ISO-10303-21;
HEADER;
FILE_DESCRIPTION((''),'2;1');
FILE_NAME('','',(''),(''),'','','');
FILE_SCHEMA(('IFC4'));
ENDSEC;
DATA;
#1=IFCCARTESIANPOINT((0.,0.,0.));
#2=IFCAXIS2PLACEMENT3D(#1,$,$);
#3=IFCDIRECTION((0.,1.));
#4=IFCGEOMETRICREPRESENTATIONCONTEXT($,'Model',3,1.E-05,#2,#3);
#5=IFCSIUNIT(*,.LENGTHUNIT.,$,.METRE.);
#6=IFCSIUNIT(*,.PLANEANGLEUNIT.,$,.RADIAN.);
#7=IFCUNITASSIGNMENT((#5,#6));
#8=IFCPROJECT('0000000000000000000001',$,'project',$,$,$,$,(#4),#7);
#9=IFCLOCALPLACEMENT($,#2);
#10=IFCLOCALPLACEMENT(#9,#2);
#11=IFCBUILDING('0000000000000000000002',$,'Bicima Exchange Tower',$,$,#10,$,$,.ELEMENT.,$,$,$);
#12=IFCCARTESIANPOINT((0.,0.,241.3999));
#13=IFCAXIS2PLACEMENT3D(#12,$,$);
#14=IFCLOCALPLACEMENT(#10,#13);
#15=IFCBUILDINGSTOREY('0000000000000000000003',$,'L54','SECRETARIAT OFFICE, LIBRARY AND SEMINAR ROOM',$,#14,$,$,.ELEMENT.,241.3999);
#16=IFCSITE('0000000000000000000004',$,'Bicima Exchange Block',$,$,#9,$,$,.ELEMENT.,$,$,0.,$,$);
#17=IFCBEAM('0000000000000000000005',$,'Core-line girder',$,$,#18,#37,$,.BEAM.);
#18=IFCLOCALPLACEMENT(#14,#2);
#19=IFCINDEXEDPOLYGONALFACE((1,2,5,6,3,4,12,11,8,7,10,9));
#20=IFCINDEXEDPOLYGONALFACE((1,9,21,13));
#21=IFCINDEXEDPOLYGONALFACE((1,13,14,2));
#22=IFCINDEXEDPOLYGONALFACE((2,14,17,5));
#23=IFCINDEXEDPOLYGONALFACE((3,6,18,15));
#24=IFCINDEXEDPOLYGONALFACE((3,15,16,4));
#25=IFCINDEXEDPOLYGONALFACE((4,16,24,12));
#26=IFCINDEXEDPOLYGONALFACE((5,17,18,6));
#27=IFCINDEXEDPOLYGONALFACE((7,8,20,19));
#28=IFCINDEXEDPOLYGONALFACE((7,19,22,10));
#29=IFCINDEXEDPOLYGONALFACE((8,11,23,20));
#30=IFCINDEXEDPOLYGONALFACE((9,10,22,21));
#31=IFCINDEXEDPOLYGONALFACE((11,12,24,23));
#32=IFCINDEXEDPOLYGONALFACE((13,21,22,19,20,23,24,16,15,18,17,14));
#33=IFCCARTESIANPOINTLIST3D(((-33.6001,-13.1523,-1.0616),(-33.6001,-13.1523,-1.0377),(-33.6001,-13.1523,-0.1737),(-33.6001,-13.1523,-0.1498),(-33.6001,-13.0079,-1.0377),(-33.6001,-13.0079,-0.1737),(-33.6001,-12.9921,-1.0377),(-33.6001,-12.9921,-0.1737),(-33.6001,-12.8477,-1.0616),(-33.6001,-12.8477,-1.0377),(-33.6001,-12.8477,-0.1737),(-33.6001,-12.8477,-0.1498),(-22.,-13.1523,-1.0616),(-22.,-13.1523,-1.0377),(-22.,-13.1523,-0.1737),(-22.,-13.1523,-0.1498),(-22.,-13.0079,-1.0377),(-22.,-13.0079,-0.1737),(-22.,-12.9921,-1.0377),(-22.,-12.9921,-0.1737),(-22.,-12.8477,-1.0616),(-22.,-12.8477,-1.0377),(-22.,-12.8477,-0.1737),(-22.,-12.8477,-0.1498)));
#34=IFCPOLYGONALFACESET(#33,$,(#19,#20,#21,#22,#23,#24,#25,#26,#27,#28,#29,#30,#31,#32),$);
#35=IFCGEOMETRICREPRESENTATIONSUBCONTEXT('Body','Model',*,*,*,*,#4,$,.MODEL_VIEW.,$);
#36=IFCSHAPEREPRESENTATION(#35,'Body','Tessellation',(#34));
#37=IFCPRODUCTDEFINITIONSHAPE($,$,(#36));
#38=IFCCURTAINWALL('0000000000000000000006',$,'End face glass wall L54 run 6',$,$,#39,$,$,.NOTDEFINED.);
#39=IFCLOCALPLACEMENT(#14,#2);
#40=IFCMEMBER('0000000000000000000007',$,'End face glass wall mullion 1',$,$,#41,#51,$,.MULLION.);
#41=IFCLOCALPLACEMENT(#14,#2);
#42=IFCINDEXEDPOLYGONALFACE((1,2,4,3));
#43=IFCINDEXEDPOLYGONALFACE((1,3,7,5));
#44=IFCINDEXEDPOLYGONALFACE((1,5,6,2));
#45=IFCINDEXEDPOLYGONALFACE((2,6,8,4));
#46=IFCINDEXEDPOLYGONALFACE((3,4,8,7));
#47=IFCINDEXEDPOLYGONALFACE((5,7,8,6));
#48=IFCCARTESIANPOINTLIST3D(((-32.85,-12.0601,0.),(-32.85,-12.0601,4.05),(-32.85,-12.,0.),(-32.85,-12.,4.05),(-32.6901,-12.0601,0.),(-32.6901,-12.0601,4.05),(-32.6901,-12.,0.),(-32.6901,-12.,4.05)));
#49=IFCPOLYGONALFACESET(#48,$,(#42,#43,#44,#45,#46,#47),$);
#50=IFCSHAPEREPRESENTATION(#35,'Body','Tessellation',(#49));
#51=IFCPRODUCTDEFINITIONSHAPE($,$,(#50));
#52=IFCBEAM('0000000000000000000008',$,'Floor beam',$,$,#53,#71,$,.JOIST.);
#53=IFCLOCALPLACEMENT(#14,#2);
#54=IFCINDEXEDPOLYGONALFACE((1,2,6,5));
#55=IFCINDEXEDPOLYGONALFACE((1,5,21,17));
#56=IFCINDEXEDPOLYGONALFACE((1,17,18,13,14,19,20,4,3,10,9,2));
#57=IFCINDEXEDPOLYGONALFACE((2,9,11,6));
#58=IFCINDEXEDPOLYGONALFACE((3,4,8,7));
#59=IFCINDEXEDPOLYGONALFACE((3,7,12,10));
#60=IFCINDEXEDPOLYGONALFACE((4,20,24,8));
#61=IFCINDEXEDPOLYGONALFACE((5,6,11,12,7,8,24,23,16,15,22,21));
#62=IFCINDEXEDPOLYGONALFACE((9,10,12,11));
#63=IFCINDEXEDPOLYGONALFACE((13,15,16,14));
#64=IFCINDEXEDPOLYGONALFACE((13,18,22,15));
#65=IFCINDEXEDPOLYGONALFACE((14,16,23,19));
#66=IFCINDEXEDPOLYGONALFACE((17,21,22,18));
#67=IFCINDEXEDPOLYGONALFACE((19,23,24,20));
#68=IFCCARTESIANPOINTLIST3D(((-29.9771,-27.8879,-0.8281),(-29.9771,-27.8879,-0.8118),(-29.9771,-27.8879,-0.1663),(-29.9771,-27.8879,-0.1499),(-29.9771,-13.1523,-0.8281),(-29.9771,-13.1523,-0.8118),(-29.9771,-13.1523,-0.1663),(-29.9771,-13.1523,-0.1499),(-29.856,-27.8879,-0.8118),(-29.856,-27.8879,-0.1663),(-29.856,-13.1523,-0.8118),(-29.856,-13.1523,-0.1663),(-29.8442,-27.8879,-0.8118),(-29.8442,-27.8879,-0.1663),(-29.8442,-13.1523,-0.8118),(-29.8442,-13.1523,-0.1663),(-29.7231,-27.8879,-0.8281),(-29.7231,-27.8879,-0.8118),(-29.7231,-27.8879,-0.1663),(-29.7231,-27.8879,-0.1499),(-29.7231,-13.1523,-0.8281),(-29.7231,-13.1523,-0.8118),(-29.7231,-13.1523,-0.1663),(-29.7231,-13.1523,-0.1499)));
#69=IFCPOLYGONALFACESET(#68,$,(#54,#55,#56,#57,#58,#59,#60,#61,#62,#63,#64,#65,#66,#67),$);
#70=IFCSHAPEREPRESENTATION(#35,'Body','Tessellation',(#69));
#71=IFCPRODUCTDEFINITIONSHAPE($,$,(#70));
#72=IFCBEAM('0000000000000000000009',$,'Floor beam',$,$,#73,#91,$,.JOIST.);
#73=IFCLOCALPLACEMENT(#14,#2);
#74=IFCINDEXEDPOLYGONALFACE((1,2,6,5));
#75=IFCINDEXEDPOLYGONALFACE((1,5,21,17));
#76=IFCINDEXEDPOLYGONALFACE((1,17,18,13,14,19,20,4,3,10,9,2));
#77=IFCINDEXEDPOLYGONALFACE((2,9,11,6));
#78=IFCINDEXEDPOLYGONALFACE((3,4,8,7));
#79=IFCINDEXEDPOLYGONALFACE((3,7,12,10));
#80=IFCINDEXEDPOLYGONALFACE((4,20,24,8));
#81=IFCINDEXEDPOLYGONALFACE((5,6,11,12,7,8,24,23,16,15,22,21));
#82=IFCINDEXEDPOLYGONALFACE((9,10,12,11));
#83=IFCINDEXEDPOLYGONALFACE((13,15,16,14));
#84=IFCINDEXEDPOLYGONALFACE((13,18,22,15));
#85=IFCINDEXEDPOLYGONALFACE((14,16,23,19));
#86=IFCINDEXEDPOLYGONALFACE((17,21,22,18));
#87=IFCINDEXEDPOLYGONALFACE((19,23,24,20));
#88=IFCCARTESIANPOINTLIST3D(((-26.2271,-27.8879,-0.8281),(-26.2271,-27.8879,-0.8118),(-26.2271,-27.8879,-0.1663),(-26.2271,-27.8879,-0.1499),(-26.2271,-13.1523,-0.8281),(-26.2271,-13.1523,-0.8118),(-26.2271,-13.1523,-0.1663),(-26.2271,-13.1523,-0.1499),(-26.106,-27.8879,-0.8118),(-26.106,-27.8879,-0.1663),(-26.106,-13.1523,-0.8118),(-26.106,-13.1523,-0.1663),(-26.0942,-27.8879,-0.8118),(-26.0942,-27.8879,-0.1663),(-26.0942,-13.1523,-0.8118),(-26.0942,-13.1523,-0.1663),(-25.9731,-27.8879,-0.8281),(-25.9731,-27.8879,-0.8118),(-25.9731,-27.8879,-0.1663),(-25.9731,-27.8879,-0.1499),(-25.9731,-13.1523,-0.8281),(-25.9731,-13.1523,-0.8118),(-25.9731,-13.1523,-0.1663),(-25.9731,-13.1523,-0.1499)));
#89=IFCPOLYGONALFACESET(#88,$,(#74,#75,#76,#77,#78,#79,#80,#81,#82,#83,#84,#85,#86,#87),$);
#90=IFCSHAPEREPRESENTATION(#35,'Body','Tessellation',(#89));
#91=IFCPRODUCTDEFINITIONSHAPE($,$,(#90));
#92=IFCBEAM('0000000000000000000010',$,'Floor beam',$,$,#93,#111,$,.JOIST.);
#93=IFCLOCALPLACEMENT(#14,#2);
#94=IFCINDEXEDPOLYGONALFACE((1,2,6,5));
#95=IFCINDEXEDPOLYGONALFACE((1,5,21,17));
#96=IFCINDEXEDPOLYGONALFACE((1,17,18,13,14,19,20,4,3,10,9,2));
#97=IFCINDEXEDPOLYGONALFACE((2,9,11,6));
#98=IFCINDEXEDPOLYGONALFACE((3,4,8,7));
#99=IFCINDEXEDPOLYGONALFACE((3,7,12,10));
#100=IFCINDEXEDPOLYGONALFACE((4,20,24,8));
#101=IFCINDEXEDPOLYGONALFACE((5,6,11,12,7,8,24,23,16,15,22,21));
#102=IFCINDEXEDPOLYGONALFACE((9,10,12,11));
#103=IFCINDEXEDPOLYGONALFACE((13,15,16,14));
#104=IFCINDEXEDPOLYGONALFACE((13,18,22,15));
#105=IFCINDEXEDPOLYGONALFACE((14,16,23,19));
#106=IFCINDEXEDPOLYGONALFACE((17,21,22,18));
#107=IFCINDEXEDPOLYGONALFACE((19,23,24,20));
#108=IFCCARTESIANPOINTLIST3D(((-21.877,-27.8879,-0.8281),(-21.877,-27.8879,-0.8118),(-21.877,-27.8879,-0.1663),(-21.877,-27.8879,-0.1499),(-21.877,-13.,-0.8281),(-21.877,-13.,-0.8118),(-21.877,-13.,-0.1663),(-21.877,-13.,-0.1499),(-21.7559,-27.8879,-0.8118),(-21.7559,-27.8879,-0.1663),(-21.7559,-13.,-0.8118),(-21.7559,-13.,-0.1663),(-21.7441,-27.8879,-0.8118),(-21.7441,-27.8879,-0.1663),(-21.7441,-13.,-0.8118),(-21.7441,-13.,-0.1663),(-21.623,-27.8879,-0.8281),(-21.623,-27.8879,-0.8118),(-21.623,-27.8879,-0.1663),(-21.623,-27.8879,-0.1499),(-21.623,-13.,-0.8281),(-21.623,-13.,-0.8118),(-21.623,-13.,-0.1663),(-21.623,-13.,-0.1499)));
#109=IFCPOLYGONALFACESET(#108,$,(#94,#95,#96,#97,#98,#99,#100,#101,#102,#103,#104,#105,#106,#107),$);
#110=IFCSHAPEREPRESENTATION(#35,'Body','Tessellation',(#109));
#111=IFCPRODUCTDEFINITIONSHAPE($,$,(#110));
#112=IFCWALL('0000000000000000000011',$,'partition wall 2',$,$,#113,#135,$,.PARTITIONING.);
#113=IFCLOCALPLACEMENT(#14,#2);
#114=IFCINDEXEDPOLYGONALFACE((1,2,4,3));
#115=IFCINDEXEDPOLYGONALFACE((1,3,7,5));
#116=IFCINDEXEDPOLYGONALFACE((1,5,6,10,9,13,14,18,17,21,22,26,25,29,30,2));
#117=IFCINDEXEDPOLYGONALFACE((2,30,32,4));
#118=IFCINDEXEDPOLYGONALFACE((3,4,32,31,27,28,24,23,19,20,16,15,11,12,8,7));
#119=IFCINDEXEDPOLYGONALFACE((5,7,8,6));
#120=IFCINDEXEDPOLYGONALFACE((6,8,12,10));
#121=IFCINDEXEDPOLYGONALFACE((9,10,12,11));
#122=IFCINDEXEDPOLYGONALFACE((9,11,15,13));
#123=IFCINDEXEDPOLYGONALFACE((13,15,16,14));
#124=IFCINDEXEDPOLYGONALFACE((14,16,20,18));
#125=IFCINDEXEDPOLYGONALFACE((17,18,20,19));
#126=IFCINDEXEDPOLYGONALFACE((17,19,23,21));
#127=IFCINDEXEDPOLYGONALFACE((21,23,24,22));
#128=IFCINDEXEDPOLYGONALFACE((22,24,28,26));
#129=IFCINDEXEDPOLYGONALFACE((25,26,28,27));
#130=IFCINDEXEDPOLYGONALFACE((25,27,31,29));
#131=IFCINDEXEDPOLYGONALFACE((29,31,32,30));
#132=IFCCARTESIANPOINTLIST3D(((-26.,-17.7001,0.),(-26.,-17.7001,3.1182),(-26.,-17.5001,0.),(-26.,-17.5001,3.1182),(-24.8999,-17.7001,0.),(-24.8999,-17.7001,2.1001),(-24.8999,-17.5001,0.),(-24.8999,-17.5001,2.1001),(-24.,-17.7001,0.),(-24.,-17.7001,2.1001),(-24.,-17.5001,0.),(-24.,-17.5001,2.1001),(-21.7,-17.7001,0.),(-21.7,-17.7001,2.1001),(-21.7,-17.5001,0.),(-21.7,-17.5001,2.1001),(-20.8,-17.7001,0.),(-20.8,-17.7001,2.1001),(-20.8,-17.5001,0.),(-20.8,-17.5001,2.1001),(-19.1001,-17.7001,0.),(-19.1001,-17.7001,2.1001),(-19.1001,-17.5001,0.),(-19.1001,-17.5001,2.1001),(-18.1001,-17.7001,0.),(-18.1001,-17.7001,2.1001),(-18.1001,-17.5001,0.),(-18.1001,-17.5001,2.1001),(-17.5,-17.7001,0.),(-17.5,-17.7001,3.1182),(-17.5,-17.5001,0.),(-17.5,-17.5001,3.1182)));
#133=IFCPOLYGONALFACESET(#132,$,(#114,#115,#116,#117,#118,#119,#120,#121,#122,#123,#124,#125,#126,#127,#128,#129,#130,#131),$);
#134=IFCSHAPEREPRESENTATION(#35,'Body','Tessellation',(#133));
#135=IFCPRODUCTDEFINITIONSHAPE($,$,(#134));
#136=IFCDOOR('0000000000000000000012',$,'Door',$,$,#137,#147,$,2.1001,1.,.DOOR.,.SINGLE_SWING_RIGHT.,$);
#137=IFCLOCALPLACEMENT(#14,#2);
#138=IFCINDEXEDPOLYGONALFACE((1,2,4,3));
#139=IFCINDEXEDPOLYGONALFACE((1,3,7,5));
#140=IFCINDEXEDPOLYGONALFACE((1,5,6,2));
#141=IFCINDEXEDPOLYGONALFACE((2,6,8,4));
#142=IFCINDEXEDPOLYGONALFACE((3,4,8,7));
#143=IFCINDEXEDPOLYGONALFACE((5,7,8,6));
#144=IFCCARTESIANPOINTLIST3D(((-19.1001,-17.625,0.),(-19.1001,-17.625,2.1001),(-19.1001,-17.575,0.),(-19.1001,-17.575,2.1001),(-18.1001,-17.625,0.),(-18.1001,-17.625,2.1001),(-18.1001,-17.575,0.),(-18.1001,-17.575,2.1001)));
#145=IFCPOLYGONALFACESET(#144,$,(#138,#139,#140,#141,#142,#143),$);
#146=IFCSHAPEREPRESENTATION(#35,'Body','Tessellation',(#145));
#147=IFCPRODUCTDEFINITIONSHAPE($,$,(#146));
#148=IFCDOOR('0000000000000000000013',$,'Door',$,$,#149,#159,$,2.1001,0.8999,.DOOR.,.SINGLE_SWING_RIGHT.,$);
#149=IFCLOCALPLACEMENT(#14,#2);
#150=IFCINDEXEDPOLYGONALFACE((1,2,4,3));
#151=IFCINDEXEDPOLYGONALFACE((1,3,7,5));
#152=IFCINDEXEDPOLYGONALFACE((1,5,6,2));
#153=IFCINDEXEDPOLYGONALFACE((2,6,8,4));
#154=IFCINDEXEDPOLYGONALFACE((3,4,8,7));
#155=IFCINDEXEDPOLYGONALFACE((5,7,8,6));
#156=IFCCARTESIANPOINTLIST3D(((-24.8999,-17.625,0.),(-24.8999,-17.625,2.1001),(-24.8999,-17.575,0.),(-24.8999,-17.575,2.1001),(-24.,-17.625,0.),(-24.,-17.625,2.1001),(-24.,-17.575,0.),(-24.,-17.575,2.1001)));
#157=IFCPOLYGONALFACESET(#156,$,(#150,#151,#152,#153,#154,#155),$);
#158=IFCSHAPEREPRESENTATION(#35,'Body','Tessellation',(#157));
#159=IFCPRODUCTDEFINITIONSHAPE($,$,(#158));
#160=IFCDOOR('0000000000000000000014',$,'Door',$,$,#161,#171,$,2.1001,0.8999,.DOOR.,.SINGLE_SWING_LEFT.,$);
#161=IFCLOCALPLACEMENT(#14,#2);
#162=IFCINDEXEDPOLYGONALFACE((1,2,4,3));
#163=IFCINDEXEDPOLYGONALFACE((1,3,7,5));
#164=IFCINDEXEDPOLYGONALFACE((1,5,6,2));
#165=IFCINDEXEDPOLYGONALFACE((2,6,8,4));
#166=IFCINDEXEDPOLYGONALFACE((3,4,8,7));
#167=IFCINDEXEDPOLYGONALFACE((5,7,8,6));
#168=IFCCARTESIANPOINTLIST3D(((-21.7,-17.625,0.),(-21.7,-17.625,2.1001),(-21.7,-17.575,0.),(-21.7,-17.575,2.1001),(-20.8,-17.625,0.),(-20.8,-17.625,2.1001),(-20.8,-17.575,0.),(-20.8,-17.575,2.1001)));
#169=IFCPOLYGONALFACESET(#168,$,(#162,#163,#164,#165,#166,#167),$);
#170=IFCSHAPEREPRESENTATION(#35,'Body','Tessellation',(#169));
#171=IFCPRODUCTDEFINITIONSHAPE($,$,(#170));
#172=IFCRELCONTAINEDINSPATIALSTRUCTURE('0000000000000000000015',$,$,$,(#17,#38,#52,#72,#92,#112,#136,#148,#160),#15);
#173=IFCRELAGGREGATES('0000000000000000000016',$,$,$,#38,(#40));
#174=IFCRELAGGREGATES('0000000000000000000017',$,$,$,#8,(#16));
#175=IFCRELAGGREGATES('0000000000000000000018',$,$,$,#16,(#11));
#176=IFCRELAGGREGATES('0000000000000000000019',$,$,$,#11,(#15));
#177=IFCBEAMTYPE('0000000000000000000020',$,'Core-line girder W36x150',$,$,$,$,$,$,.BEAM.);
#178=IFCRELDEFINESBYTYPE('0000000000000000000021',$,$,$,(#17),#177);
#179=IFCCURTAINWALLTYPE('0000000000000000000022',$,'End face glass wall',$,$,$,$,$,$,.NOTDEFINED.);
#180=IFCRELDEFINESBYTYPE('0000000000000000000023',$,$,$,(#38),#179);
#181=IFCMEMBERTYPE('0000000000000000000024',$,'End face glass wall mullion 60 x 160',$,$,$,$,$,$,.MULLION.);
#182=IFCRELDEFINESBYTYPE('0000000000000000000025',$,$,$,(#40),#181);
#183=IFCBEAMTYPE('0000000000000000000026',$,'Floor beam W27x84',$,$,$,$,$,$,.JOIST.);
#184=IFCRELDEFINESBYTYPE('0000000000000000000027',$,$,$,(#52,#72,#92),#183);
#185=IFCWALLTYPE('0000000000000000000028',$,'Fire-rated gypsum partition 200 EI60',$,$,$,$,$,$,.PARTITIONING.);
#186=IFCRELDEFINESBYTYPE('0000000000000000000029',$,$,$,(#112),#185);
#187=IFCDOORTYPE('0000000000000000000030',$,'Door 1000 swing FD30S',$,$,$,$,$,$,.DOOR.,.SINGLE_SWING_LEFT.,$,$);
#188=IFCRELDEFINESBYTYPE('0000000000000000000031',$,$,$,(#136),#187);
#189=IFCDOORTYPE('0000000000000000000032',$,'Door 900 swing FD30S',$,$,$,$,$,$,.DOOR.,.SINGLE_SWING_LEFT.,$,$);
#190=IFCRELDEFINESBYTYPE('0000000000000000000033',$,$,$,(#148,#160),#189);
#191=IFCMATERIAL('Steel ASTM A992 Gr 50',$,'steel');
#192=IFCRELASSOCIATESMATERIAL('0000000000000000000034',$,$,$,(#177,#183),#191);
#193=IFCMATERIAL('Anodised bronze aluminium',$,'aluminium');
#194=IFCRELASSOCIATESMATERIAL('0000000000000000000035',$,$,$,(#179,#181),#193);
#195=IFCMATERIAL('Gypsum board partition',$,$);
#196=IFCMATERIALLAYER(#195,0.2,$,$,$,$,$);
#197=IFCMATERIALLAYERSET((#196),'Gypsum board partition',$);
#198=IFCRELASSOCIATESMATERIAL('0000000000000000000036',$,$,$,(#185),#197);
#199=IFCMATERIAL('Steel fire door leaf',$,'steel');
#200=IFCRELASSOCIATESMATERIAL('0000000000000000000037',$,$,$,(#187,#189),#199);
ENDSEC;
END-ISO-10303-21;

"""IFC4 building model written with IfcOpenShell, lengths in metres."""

from ifc_helpers import new_model, si_unit, direction, frame, frame_2d, origin, origin_2d, place, context, subcontext, project, spatial, rectangle, i_section, extrude, material, layer, layer_set, material_profile, profile_set, type_object, element, fill, aggregate, save


model = new_model("IFC4")

# Units and contexts
model_context = context("Model", 3, precision=1e-05, world=origin(), true_north=direction((0.0, 1.0)))
body_context = subcontext(model_context, "Body", "Model", "MODEL_VIEW")
ifc_project = project(units=[si_unit("LENGTHUNIT", "METRE"), si_unit("PLANEANGLEUNIT", "RADIAN")], contexts=[model_context])

# Site, building, storey
site_placement = place(None, origin())
site = spatial("IfcSite", under=ifc_project, at=site_placement, Name="Bicima Exchange Block", CompositionType="ELEMENT", RefElevation=0.0)
building_placement = place(site_placement, origin())
building = spatial("IfcBuilding", under=site, at=building_placement, Name="Bicima Exchange Tower", CompositionType="ELEMENT")
storey_placement = place(building_placement, frame((0.0, 0.0, 241.3999)))
storey = spatial("IfcBuildingStorey", under=building, at=storey_placement, Name="L54", Description="SECRETARIAT OFFICE, LIBRARY AND SEMINAR ROOM", CompositionType="ELEMENT", Elevation=241.3999)

# Beam
ifc_material_1 = material(Name="Steel ASTM A992 Gr 50", Category="steel")
ifc_material_profile_1 = material_profile(ifc_material_1, i_section(OverallWidth=0.3047, OverallDepth=0.9119, WebThickness=0.0159, FlangeThickness=0.0239, at=origin_2d()))
ifc_profile_set_1 = profile_set([ifc_material_profile_1], Name="Steel ASTM A992 Gr 50")
beam_type_1 = type_object("IfcBeamType", Name="Core-line girder W36x150", PredefinedType="BEAM", material=ifc_profile_set_1)
beam_1_placement = place(storey_placement, frame((-22.0, -13.0, -0.6057), z_axis=(-1.0, 0.0, 0.0), x_axis=(0.0, -1.0, 0.0)))
element("IfcBeam", 1, at=beam_1_placement, inside=storey, type_object=beam_type_1, Name="Core-line girder", PredefinedType="BEAM", context=body_context, shape_type="SweptSolid", body=[
    extrude(i_section(OverallWidth=0.3047, OverallDepth=0.9119, WebThickness=0.0159, FlangeThickness=0.0239, at=origin_2d()), origin(), (0.0, 0.0, 1.0), 11.6001),
])

# Curtain wall, member
ifc_material_2 = material(Name="Anodised bronze aluminium", Category="aluminium")
curtain_wall_type = type_object("IfcCurtainWallType", Name="End face glass wall", PredefinedType="NOTDEFINED", material=ifc_material_2)
curtain_wall_placement = place(storey_placement, origin())
curtain_wall = element("IfcCurtainWall", 2, at=curtain_wall_placement, inside=storey, type_object=curtain_wall_type, Name="End face glass wall L54 run 6", PredefinedType="NOTDEFINED")
ifc_material_profile_2 = material_profile(ifc_material_2, rectangle(XDim=0.1599, YDim=0.0601, at=origin_2d()))
ifc_profile_set_2 = profile_set([ifc_material_profile_2], Name="Anodised bronze aluminium")
member_type = type_object("IfcMemberType", Name="End face glass wall mullion 60 x 160", PredefinedType="MULLION", material=ifc_profile_set_2)
member_placement = place(storey_placement, frame((-32.77, -12.03, 0.0), z_axis=(0.0, 0.0, 1.0), x_axis=(1.0, 0.0, 0.0)))
member = element("IfcMember", 3, at=member_placement, type_object=member_type, Name="End face glass wall mullion 1", PredefinedType="MULLION", context=body_context, shape_type="SweptSolid", body=[
    extrude(rectangle(XDim=0.1599, YDim=0.0601, at=origin_2d()), origin(), (0.0, 0.0, 1.0), 4.05),
])
aggregate(curtain_wall, [member])

# Beams
ifc_material_profile_3 = material_profile(ifc_material_1, i_section(OverallWidth=0.2539, OverallDepth=0.6782, WebThickness=0.0117, FlangeThickness=0.0164, at=origin_2d()))
ifc_profile_set_3 = profile_set([ifc_material_profile_3], Name="Steel ASTM A992 Gr 50")
beam_type_2 = type_object("IfcBeamType", Name="Floor beam W27x84", PredefinedType="JOIST", material=ifc_profile_set_3)
for number, where, z_axis, x_axis, name in (
    (4, (-29.8501, -13.1523, -0.489), (0.0, -1.0, 0.0), (1.0, 0.0, 0.0), "Floor beam"),
    (5, (-26.1001, -13.1523, -0.489), (0.0, -1.0, 0.0), (1.0, 0.0, 0.0), "Floor beam"),
):
    element("IfcBeam", number, at=place(storey_placement, frame(where, z_axis=z_axis, x_axis=x_axis)), inside=storey, type_object=beam_type_2, Name=name, PredefinedType="JOIST", context=body_context, shape_type="SweptSolid", body=[
        extrude(i_section(OverallWidth=0.2539, OverallDepth=0.6782, WebThickness=0.0117, FlangeThickness=0.0164, at=origin_2d()), origin(), (0.0, 0.0, 1.0), 14.7356),
    ])
beam_2_placement = place(storey_placement, frame((-21.75, -13.0, -0.489), z_axis=(0.0, -1.0, 0.0), x_axis=(1.0, 0.0, 0.0)))
element("IfcBeam", 6, at=beam_2_placement, inside=storey, type_object=beam_type_2, Name="Floor beam", PredefinedType="JOIST", context=body_context, shape_type="SweptSolid", body=[
    extrude(i_section(OverallWidth=0.2539, OverallDepth=0.6782, WebThickness=0.0117, FlangeThickness=0.0164, at=origin_2d()), origin(), (0.0, 0.0, 1.0), 14.8879),
])

# Wall, openings, doors
ifc_material_3 = material(Name="Gypsum board partition")
ifc_layer_1 = layer(ifc_material_3, 0.2)
ifc_layer_set_1 = layer_set([ifc_layer_1], Name="Gypsum board partition")
wall_type_1 = type_object("IfcWallType", Name="Fire-rated gypsum partition 200 EI60", PredefinedType="PARTITIONING", material=ifc_layer_set_1)
wall_1_placement = place(storey_placement, frame((-26.0, -17.6001, 0.0), z_axis=(0.0, 0.0, 1.0), x_axis=(1.0, 0.0, 0.0)))
wall_1 = element("IfcWall", 7, at=wall_1_placement, inside=storey, type_object=wall_type_1, Name="partition wall 2", PredefinedType="PARTITIONING", context=body_context, shape_type="SweptSolid", body=[
    extrude(rectangle(XDim=8.5, YDim=0.2, at=frame_2d((4.25, 0.0))), origin(), (0.0, 0.0, 1.0), 3.1182),
])
opening_1_placement = place(wall_1_placement, frame((1.1001, 0.0, 0.0)))
opening_1 = element("IfcOpeningElement", 8, at=opening_1_placement, cuts=wall_1, PredefinedType="OPENING", context=body_context, shape_type="SweptSolid", body=[
    extrude(rectangle(XDim=0.8999, YDim=2.1001, at=frame_2d((0.45, 1.05))), frame((0.0, 0.1118, 0.0), z_axis=(0.0, -1.0, 0.0), x_axis=(1.0, 0.0, 0.0)), (0.0, 0.0, 1.0), 0.2239),
])
opening_2_placement = place(wall_1_placement, frame((4.3, 0.0, 0.0)))
opening_2 = element("IfcOpeningElement", 9, at=opening_2_placement, cuts=wall_1, PredefinedType="OPENING", context=body_context, shape_type="SweptSolid", body=[
    extrude(rectangle(XDim=0.8999, YDim=2.1001, at=frame_2d((0.45, 1.05))), frame((0.0, 0.1118, 0.0), z_axis=(0.0, -1.0, 0.0), x_axis=(1.0, 0.0, 0.0)), (0.0, 0.0, 1.0), 0.2239),
])
opening_3_placement = place(wall_1_placement, frame((6.8999, 0.0, 0.0)))
opening_3 = element("IfcOpeningElement", 10, at=opening_3_placement, cuts=wall_1, PredefinedType="OPENING", context=body_context, shape_type="SweptSolid", body=[
    extrude(rectangle(XDim=1.0, YDim=2.1001, at=frame_2d((0.5, 1.05))), frame((0.0, 0.1118, 0.0), z_axis=(0.0, -1.0, 0.0), x_axis=(1.0, 0.0, 0.0)), (0.0, 0.0, 1.0), 0.2239),
])
ifc_material_4 = material(Name="Steel fire door leaf", Category="steel")
door_type_1 = type_object("IfcDoorType", Name="Door 1000 swing FD30S", OperationType="SINGLE_SWING_LEFT", PredefinedType="DOOR", material=ifc_material_4)
door_1_placement = place(opening_3_placement, frame((1.0, 0.0, 0.0), z_axis=(0.0, 0.0, 1.0), x_axis=(-1.0, 0.0, 0.0)))
door_1 = element("IfcDoor", 11, at=door_1_placement, inside=storey, type_object=door_type_1, Name="Door", OperationType="SINGLE_SWING_RIGHT", OverallHeight=2.1001, OverallWidth=1.0, PredefinedType="DOOR", context=body_context, shape_type="SweptSolid", body=[
    extrude(rectangle(XDim=1.0, YDim=2.1001, at=frame_2d((0.5, 1.05))), frame((0.0, 0.0249, 0.0), z_axis=(0.0, -1.0, 0.0), x_axis=(1.0, 0.0, 0.0)), (0.0, 0.0, 1.0), 0.05),
])
fill(opening_3, door_1)
door_type_2 = type_object("IfcDoorType", Name="Door 900 swing FD30S", OperationType="SINGLE_SWING_LEFT", PredefinedType="DOOR", material=ifc_material_4)
door_2_placement = place(opening_1_placement, frame((0.8999, 0.0, 0.0), z_axis=(0.0, 0.0, 1.0), x_axis=(-1.0, 0.0, 0.0)))
door_2 = element("IfcDoor", 12, at=door_2_placement, inside=storey, type_object=door_type_2, Name="Door", OperationType="SINGLE_SWING_RIGHT", OverallHeight=2.1001, OverallWidth=0.8999, PredefinedType="DOOR", context=body_context, shape_type="SweptSolid", body=[
    extrude(rectangle(XDim=0.8999, YDim=2.1001, at=frame_2d((0.45, 1.05))), frame((0.0, 0.0249, 0.0), z_axis=(0.0, -1.0, 0.0), x_axis=(1.0, 0.0, 0.0)), (0.0, 0.0, 1.0), 0.05),
])
fill(opening_1, door_2)
door_3_placement = place(opening_2_placement, frame((0.8999, 0.0, 0.0), z_axis=(0.0, 0.0, 1.0), x_axis=(-1.0, 0.0, 0.0)))
door_3 = element("IfcDoor", 13, at=door_3_placement, inside=storey, type_object=door_type_2, Name="Door", OperationType="SINGLE_SWING_LEFT", OverallHeight=2.1001, OverallWidth=0.8999, PredefinedType="DOOR", context=body_context, shape_type="SweptSolid", body=[
    extrude(rectangle(XDim=0.8999, YDim=2.1001, at=frame_2d((0.45, 1.05))), frame((0.0, 0.0249, 0.0), z_axis=(0.0, -1.0, 0.0), x_axis=(1.0, 0.0, 0.0)), (0.0, 0.0, 1.0), 0.05),
])
fill(opening_2, door_3)

save(model, "model.ifc")
